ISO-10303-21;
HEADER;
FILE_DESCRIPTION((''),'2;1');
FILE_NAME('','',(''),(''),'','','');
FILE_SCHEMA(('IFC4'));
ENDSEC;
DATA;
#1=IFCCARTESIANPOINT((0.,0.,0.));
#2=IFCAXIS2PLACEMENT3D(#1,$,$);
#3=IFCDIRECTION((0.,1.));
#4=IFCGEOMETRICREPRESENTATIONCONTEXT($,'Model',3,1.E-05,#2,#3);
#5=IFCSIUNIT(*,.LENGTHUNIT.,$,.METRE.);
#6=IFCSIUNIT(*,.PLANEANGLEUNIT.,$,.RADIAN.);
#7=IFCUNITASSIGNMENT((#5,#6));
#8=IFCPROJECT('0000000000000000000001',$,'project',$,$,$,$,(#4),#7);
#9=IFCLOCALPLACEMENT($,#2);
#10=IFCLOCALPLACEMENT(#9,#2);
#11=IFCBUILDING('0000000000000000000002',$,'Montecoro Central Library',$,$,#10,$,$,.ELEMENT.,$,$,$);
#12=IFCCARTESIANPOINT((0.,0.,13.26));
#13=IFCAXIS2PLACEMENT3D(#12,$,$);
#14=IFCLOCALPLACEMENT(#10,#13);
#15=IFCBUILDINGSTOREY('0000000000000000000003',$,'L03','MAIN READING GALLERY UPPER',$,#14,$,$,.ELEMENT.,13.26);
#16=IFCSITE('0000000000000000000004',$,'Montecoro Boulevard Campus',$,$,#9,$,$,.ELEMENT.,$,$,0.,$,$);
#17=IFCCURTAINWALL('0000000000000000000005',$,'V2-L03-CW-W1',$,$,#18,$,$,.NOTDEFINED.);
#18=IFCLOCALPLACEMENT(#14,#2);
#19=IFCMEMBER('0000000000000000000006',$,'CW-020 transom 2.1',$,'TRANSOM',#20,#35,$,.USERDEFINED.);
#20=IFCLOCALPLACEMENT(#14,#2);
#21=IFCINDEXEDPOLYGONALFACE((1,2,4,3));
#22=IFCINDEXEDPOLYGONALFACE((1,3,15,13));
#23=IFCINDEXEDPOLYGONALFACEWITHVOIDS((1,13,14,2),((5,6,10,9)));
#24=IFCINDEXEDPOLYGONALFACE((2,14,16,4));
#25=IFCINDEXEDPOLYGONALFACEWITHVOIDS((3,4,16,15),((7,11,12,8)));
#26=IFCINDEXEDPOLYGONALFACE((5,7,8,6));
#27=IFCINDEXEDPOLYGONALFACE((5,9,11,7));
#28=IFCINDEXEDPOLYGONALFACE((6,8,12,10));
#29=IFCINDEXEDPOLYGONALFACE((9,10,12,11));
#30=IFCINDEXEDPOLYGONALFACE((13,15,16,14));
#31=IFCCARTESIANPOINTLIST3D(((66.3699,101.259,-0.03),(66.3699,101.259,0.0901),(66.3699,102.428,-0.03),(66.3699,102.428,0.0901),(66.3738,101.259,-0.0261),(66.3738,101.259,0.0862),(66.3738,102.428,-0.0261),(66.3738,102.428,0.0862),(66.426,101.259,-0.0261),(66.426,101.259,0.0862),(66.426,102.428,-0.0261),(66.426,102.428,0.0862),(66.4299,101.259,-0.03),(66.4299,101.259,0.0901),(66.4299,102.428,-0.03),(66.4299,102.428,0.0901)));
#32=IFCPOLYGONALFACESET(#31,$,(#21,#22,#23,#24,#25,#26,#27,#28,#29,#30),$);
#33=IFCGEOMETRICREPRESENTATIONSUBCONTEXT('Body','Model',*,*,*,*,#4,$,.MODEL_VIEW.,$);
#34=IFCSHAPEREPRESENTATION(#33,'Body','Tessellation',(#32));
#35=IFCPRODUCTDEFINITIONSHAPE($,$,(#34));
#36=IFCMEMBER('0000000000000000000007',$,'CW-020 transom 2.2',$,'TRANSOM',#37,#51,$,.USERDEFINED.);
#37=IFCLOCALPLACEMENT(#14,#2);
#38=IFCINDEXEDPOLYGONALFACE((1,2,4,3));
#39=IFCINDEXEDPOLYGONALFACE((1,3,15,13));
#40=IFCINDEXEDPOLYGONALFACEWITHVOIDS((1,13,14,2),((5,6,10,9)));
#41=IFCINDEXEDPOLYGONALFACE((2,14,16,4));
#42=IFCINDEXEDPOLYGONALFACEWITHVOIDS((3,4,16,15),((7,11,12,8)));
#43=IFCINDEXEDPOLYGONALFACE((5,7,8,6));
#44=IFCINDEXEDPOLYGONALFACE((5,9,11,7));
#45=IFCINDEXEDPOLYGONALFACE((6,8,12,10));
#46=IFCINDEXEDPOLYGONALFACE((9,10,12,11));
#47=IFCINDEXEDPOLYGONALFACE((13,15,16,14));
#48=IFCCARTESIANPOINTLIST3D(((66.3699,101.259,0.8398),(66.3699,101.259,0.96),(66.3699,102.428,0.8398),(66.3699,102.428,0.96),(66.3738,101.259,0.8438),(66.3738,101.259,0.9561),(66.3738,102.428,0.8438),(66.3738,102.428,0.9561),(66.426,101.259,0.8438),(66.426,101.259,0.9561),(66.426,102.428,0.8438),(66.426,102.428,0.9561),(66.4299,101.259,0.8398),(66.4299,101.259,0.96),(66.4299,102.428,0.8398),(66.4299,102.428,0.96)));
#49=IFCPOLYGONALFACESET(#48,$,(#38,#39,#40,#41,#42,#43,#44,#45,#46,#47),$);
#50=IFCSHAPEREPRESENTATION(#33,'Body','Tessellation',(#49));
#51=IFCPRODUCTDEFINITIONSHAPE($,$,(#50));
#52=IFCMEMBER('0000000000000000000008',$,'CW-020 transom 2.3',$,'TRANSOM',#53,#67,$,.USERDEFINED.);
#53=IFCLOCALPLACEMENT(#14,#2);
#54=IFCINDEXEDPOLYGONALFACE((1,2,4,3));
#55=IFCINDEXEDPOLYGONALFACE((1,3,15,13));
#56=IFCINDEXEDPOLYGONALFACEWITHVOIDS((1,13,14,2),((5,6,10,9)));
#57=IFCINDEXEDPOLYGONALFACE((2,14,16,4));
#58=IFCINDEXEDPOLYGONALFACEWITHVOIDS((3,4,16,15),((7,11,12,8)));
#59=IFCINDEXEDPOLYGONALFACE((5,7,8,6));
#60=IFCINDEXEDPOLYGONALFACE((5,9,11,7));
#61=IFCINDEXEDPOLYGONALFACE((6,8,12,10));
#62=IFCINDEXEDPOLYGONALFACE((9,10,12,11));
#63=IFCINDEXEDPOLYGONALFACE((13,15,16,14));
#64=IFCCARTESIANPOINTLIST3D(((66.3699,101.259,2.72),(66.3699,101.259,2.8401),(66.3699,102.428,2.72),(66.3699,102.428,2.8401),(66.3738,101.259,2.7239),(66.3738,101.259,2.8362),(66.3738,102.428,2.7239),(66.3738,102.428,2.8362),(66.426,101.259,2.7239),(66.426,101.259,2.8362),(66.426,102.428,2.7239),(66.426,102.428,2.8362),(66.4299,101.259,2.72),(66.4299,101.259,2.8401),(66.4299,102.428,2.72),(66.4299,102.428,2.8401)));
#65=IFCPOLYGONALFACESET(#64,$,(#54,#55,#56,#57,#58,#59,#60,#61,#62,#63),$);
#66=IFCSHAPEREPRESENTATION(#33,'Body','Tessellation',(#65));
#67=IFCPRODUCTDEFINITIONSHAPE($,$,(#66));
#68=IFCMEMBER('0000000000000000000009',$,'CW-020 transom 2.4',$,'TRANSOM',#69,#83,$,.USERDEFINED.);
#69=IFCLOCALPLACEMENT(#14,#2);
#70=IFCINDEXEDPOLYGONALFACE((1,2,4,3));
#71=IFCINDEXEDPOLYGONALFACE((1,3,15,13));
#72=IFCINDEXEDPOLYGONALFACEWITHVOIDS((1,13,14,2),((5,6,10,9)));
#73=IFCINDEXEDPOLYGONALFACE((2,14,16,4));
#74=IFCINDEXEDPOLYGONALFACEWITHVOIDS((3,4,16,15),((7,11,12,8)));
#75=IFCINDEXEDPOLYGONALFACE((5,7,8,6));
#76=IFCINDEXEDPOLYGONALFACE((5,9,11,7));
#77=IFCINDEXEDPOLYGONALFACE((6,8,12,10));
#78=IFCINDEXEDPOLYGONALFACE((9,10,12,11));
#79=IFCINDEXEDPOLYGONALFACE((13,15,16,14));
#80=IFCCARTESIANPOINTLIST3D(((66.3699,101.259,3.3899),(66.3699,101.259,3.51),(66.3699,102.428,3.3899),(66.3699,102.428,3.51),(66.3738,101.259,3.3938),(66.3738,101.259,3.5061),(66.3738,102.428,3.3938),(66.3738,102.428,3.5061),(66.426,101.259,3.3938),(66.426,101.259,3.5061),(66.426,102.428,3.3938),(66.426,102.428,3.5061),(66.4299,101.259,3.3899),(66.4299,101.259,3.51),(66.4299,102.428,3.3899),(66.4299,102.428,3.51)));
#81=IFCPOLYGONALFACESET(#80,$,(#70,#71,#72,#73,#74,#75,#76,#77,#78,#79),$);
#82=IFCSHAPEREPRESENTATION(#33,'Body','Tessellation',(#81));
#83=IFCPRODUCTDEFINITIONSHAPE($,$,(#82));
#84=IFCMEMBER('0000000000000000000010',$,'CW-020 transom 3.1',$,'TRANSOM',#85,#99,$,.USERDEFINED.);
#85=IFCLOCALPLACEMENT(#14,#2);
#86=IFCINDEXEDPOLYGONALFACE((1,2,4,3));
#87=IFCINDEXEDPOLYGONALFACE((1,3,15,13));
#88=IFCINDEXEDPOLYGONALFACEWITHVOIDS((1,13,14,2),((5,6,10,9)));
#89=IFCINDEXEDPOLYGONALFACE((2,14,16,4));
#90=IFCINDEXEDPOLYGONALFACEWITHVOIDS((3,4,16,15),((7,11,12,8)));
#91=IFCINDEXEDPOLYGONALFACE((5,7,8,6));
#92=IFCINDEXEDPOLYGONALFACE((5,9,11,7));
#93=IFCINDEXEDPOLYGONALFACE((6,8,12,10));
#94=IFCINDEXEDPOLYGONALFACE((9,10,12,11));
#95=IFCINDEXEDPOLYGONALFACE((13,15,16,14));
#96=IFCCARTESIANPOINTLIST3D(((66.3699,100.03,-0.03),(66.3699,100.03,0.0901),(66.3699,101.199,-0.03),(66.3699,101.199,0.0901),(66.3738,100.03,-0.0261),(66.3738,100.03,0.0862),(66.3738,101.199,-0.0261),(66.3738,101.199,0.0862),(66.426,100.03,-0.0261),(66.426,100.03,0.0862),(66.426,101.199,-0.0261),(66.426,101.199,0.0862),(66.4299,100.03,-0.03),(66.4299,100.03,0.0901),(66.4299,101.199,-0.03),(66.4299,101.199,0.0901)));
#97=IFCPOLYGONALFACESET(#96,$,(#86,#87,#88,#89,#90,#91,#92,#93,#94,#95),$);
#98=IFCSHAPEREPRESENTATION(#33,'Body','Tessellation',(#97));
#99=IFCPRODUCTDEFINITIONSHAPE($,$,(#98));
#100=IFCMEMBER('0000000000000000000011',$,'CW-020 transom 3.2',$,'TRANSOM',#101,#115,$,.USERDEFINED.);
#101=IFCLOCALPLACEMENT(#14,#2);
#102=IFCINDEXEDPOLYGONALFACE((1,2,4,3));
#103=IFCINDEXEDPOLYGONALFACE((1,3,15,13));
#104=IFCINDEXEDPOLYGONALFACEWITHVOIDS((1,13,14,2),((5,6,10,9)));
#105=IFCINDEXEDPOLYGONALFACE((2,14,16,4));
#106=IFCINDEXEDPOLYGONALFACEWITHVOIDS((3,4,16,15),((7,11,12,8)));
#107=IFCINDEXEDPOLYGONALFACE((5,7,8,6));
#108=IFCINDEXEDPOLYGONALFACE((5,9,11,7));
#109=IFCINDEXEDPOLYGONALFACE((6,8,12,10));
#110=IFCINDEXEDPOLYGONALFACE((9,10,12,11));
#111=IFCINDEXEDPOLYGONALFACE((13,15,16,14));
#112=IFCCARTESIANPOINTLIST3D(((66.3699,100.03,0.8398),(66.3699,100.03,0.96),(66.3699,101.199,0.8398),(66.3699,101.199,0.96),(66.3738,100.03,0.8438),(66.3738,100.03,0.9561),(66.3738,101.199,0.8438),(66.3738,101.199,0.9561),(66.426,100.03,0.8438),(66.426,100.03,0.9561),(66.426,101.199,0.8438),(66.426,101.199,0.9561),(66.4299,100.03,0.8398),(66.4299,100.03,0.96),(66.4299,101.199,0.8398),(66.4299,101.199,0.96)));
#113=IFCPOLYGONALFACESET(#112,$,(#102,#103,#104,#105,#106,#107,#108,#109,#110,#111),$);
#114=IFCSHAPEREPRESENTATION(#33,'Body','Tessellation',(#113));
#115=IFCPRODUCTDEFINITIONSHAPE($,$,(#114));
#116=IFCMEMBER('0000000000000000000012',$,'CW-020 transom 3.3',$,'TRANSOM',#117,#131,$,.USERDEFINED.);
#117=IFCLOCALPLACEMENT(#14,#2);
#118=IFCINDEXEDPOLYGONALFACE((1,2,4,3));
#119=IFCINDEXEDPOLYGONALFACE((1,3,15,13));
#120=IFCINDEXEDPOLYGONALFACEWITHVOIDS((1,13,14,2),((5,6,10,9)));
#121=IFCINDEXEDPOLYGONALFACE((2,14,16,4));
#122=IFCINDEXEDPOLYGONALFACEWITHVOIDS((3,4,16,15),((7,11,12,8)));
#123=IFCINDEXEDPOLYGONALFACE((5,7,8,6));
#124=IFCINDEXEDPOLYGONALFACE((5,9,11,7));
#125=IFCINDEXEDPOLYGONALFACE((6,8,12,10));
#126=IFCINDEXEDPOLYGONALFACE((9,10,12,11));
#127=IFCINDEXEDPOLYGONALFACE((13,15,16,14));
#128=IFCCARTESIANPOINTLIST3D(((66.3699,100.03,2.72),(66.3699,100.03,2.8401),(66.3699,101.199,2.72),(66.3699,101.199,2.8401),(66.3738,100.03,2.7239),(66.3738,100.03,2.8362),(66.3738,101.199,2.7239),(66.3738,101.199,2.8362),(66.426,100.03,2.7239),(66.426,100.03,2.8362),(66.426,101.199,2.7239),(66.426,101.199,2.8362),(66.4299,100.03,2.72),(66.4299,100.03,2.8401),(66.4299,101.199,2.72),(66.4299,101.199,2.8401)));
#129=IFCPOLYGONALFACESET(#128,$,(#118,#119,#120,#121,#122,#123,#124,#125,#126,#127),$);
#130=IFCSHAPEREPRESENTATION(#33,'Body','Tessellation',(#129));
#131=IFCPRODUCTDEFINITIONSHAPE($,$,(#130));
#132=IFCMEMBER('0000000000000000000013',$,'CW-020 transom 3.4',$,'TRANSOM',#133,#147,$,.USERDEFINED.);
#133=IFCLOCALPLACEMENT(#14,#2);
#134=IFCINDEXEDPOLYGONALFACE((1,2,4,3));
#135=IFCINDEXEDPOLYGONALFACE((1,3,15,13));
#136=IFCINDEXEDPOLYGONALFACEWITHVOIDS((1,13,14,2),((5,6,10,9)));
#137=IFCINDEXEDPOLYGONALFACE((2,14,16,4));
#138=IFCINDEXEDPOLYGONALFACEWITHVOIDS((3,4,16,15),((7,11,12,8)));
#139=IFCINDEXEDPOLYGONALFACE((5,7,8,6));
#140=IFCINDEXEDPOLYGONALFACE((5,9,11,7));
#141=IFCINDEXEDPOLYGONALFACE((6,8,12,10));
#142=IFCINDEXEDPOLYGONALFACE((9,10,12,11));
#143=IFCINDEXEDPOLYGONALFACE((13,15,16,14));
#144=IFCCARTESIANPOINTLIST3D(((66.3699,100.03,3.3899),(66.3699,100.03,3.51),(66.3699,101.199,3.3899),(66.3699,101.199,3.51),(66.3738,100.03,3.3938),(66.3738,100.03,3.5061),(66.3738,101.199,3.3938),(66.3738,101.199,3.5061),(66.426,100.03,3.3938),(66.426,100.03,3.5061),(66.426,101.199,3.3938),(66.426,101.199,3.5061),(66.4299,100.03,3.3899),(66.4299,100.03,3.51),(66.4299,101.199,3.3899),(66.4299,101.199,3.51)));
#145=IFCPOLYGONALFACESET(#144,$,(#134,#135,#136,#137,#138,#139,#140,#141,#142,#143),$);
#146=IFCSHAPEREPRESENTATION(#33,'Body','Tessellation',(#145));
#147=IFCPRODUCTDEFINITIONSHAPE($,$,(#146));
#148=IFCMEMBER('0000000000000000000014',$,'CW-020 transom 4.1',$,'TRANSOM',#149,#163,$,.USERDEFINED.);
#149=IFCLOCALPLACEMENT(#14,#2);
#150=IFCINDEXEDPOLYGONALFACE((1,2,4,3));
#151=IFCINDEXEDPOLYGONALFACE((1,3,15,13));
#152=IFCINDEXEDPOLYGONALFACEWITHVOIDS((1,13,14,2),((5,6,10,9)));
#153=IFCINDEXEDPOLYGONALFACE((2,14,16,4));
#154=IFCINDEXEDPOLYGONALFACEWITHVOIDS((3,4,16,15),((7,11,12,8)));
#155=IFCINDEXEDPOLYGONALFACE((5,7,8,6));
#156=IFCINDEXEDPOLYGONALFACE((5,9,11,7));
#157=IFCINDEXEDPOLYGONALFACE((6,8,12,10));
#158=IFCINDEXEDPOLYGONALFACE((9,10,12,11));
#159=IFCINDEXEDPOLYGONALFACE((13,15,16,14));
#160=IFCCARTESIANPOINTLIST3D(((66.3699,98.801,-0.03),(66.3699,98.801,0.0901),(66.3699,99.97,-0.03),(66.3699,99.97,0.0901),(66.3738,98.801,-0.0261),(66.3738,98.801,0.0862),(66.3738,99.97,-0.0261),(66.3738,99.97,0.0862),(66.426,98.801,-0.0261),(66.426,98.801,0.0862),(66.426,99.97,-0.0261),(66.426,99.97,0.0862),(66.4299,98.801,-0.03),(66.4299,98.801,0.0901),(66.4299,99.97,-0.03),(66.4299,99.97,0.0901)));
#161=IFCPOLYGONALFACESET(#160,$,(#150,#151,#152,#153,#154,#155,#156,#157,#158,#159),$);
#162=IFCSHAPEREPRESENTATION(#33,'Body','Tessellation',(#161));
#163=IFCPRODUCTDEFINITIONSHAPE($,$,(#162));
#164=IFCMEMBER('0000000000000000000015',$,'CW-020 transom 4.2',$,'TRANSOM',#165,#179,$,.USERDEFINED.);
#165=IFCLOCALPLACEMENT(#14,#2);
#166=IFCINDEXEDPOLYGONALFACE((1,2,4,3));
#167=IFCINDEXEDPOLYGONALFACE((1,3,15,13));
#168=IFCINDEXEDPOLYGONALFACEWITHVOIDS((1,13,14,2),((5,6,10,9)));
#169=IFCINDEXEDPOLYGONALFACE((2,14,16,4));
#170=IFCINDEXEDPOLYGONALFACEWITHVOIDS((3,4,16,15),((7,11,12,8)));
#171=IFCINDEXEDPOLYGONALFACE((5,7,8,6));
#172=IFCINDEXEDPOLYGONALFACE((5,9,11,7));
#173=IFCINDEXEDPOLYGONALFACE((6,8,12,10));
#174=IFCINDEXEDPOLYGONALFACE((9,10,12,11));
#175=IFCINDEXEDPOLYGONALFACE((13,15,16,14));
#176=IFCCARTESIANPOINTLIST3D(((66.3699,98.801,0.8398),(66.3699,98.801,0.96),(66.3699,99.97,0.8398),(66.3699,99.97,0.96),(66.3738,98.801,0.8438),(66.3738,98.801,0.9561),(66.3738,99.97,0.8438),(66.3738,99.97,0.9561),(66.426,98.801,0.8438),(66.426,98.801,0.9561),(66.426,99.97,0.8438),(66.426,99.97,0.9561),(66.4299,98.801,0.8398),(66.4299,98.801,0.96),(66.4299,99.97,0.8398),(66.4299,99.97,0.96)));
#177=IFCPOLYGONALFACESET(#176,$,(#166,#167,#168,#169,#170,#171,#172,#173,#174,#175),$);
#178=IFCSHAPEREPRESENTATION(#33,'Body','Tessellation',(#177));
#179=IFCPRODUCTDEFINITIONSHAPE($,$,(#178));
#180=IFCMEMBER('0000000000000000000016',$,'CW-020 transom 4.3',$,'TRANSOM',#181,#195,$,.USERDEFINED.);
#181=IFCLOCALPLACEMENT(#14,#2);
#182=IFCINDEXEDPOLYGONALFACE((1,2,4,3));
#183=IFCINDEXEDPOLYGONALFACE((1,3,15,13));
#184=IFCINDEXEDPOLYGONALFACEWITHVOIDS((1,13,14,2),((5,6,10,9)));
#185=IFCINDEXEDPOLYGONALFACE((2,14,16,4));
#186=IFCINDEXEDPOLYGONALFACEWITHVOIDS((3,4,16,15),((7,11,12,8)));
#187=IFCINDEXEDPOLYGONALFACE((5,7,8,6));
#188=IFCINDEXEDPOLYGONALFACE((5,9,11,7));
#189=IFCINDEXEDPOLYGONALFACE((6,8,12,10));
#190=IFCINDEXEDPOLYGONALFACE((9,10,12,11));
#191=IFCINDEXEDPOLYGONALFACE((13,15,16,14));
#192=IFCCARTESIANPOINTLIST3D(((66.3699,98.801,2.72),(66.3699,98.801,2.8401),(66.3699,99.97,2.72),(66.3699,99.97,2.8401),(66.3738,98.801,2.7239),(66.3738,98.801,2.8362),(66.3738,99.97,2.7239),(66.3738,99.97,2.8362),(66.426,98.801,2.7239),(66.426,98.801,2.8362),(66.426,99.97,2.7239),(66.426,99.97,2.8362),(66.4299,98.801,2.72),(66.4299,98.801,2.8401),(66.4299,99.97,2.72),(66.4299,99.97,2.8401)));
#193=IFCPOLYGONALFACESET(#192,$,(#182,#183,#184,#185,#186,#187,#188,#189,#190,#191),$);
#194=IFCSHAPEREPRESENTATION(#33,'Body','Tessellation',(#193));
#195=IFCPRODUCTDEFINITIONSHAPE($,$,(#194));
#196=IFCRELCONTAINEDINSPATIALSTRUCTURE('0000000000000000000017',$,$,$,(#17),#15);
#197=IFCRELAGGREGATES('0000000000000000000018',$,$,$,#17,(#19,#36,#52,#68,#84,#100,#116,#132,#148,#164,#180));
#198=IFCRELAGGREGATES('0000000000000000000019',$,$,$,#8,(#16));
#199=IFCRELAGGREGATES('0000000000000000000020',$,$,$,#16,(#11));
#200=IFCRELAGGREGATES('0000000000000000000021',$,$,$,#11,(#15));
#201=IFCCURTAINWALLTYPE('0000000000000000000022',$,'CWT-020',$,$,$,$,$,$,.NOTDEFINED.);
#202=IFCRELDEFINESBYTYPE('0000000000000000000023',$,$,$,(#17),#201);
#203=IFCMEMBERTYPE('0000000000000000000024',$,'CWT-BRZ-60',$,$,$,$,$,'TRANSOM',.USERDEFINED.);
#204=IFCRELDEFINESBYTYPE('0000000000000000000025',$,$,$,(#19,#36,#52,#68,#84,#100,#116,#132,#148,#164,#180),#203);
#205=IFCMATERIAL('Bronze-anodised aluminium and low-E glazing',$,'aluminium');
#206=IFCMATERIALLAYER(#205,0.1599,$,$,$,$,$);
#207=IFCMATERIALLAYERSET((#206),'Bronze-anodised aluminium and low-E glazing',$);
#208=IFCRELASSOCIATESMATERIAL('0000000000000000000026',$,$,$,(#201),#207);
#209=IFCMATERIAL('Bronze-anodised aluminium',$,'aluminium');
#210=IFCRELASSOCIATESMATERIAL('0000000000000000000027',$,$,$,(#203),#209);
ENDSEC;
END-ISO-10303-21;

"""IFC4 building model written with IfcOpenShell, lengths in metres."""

from ifc_helpers import new_model, si_unit, direction, frame, origin, origin_2d, place, context, subcontext, project, spatial, hollow_rectangle, extrude, material, layer, layer_set, material_profile, profile_set, type_object, element, aggregate, save


model = new_model("IFC4")

# Units and contexts
model_context = context("Model", 3, precision=1e-05, world=origin(), true_north=direction((0.0, 1.0)))
body_context = subcontext(model_context, "Body", "Model", "MODEL_VIEW")
ifc_project = project(units=[si_unit("LENGTHUNIT", "METRE"), si_unit("PLANEANGLEUNIT", "RADIAN")], contexts=[model_context])

# Site, building, storey
site_placement = place(None, origin())
site = spatial("IfcSite", under=ifc_project, at=site_placement, Name="Montecoro Boulevard Campus", CompositionType="ELEMENT", RefElevation=0.0)
building_placement = place(site_placement, origin())
building = spatial("IfcBuilding", under=site, at=building_placement, Name="Montecoro Central Library", CompositionType="ELEMENT")
storey_placement = place(building_placement, frame((0.0, 0.0, 13.26)))
storey = spatial("IfcBuildingStorey", under=building, at=storey_placement, Name="L03", Description="MAIN READING GALLERY UPPER", CompositionType="ELEMENT", Elevation=13.26)

# Curtain wall, members
ifc_material_1 = material(Name="Bronze-anodised aluminium and low-E glazing", Category="aluminium")
ifc_layer_1 = layer(ifc_material_1, 0.1599)
ifc_layer_set_1 = layer_set([ifc_layer_1], Name="Bronze-anodised aluminium and low-E glazing")
curtain_wall_type = type_object("IfcCurtainWallType", Name="CWT-020", PredefinedType="NOTDEFINED", material=ifc_layer_set_1)
curtain_wall_placement = place(storey_placement, origin())
curtain_wall = element("IfcCurtainWall", 1, at=curtain_wall_placement, inside=storey, type_object=curtain_wall_type, Name="V2-L03-CW-W1", PredefinedType="NOTDEFINED")
ifc_material_2 = material(Name="Bronze-anodised aluminium", Category="aluminium")
ifc_material_profile_1 = material_profile(ifc_material_2, hollow_rectangle(XDim=0.0601, YDim=0.1201, WallThickness=0.0039, at=origin_2d()), Name="CWT 120x60x4.0")
ifc_profile_set_1 = profile_set([ifc_material_profile_1], Name="Bronze-anodised aluminium")
member_type_1 = type_object("IfcMemberType", Name="CWT-BRZ-60", ElementType="TRANSOM", PredefinedType="USERDEFINED", material=ifc_profile_set_1)
member_1_placement = place(storey_placement, frame((66.3999, 102.428, 0.03), z_axis=(0.0, -1.0, 0.0), x_axis=(1.0, 0.0, 0.0)))
member_1 = element("IfcMember", 2, at=member_1_placement, type_object=member_type_1, Name="CW-020 transom 2.1", ObjectType="TRANSOM", PredefinedType="USERDEFINED", context=body_context, shape_type="SweptSolid", body=[
    extrude(hollow_rectangle(XDim=0.0601, YDim=0.1201, WallThickness=0.0039, at=origin_2d()), origin(), (0.0, 0.0, 1.0), 1.1689),
])
member_2_placement = place(storey_placement, frame((66.3999, 102.428, 0.8999), z_axis=(0.0, -1.0, 0.0), x_axis=(1.0, 0.0, 0.0)))
member_2 = element("IfcMember", 3, at=member_2_placement, type_object=member_type_1, Name="CW-020 transom 2.2", ObjectType="TRANSOM", PredefinedType="USERDEFINED", context=body_context, shape_type="SweptSolid", body=[
    extrude(hollow_rectangle(XDim=0.0601, YDim=0.1201, WallThickness=0.0039, at=origin_2d()), origin(), (0.0, 0.0, 1.0), 1.1689),
])
member_3_placement = place(storey_placement, frame((66.3999, 102.428, 2.78), z_axis=(0.0, -1.0, 0.0), x_axis=(1.0, 0.0, 0.0)))
member_3 = element("IfcMember", 4, at=member_3_placement, type_object=member_type_1, Name="CW-020 transom 2.3", ObjectType="TRANSOM", PredefinedType="USERDEFINED", context=body_context, shape_type="SweptSolid", body=[
    extrude(hollow_rectangle(XDim=0.0601, YDim=0.1201, WallThickness=0.0039, at=origin_2d()), origin(), (0.0, 0.0, 1.0), 1.1689),
])
member_4_placement = place(storey_placement, frame((66.3999, 102.428, 3.45), z_axis=(0.0, -1.0, 0.0), x_axis=(1.0, 0.0, 0.0)))
member_4 = element("IfcMember", 5, at=member_4_placement, type_object=member_type_1, Name="CW-020 transom 2.4", ObjectType="TRANSOM", PredefinedType="USERDEFINED", context=body_context, shape_type="SweptSolid", body=[
    extrude(hollow_rectangle(XDim=0.0601, YDim=0.1201, WallThickness=0.0039, at=origin_2d()), origin(), (0.0, 0.0, 1.0), 1.1689),
])
member_5_placement = place(storey_placement, frame((66.3999, 101.199, 0.03), z_axis=(0.0, -1.0, 0.0), x_axis=(1.0, 0.0, 0.0)))
member_5 = element("IfcMember", 6, at=member_5_placement, type_object=member_type_1, Name="CW-020 transom 3.1", ObjectType="TRANSOM", PredefinedType="USERDEFINED", context=body_context, shape_type="SweptSolid", body=[
    extrude(hollow_rectangle(XDim=0.0601, YDim=0.1201, WallThickness=0.0039, at=origin_2d()), origin(), (0.0, 0.0, 1.0), 1.1689),
])
member_6_placement = place(storey_placement, frame((66.3999, 101.199, 0.8999), z_axis=(0.0, -1.0, 0.0), x_axis=(1.0, 0.0, 0.0)))
member_6 = element("IfcMember", 7, at=member_6_placement, type_object=member_type_1, Name="CW-020 transom 3.2", ObjectType="TRANSOM", PredefinedType="USERDEFINED", context=body_context, shape_type="SweptSolid", body=[
    extrude(hollow_rectangle(XDim=0.0601, YDim=0.1201, WallThickness=0.0039, at=origin_2d()), origin(), (0.0, 0.0, 1.0), 1.1689),
])
member_7_placement = place(storey_placement, frame((66.3999, 101.199, 2.78), z_axis=(0.0, -1.0, 0.0), x_axis=(1.0, 0.0, 0.0)))
member_7 = element("IfcMember", 8, at=member_7_placement, type_object=member_type_1, Name="CW-020 transom 3.3", ObjectType="TRANSOM", PredefinedType="USERDEFINED", context=body_context, shape_type="SweptSolid", body=[
    extrude(hollow_rectangle(XDim=0.0601, YDim=0.1201, WallThickness=0.0039, at=origin_2d()), origin(), (0.0, 0.0, 1.0), 1.1689),
])
member_8_placement = place(storey_placement, frame((66.3999, 101.199, 3.45), z_axis=(0.0, -1.0, 0.0), x_axis=(1.0, 0.0, 0.0)))
member_8 = element("IfcMember", 9, at=member_8_placement, type_object=member_type_1, Name="CW-020 transom 3.4", ObjectType="TRANSOM", PredefinedType="USERDEFINED", context=body_context, shape_type="SweptSolid", body=[
    extrude(hollow_rectangle(XDim=0.0601, YDim=0.1201, WallThickness=0.0039, at=origin_2d()), origin(), (0.0, 0.0, 1.0), 1.1689),
])
member_9_placement = place(storey_placement, frame((66.3999, 99.97, 0.03), z_axis=(0.0, -1.0, 0.0), x_axis=(1.0, 0.0, 0.0)))
member_9 = element("IfcMember", 10, at=member_9_placement, type_object=member_type_1, Name="CW-020 transom 4.1", ObjectType="TRANSOM", PredefinedType="USERDEFINED", context=body_context, shape_type="SweptSolid", body=[
    extrude(hollow_rectangle(XDim=0.0601, YDim=0.1201, WallThickness=0.0039, at=origin_2d()), origin(), (0.0, 0.0, 1.0), 1.1689),
])
member_10_placement = place(storey_placement, frame((66.3999, 99.97, 0.8999), z_axis=(0.0, -1.0, 0.0), x_axis=(1.0, 0.0, 0.0)))
member_10 = element("IfcMember", 11, at=member_10_placement, type_object=member_type_1, Name="CW-020 transom 4.2", ObjectType="TRANSOM", PredefinedType="USERDEFINED", context=body_context, shape_type="SweptSolid", body=[
    extrude(hollow_rectangle(XDim=0.0601, YDim=0.1201, WallThickness=0.0039, at=origin_2d()), origin(), (0.0, 0.0, 1.0), 1.1689),
])
member_11_placement = place(storey_placement, frame((66.3999, 99.97, 2.78), z_axis=(0.0, -1.0, 0.0), x_axis=(1.0, 0.0, 0.0)))
member_11 = element("IfcMember", 12, at=member_11_placement, type_object=member_type_1, Name="CW-020 transom 4.3", ObjectType="TRANSOM", PredefinedType="USERDEFINED", context=body_context, shape_type="SweptSolid", body=[
    extrude(hollow_rectangle(XDim=0.0601, YDim=0.1201, WallThickness=0.0039, at=origin_2d()), origin(), (0.0, 0.0, 1.0), 1.1689),
])
aggregate(curtain_wall, [member_1, member_2, member_3, member_4, member_5, member_6, member_7, member_8, member_9, member_10, member_11])

save(model, "model.ifc")
